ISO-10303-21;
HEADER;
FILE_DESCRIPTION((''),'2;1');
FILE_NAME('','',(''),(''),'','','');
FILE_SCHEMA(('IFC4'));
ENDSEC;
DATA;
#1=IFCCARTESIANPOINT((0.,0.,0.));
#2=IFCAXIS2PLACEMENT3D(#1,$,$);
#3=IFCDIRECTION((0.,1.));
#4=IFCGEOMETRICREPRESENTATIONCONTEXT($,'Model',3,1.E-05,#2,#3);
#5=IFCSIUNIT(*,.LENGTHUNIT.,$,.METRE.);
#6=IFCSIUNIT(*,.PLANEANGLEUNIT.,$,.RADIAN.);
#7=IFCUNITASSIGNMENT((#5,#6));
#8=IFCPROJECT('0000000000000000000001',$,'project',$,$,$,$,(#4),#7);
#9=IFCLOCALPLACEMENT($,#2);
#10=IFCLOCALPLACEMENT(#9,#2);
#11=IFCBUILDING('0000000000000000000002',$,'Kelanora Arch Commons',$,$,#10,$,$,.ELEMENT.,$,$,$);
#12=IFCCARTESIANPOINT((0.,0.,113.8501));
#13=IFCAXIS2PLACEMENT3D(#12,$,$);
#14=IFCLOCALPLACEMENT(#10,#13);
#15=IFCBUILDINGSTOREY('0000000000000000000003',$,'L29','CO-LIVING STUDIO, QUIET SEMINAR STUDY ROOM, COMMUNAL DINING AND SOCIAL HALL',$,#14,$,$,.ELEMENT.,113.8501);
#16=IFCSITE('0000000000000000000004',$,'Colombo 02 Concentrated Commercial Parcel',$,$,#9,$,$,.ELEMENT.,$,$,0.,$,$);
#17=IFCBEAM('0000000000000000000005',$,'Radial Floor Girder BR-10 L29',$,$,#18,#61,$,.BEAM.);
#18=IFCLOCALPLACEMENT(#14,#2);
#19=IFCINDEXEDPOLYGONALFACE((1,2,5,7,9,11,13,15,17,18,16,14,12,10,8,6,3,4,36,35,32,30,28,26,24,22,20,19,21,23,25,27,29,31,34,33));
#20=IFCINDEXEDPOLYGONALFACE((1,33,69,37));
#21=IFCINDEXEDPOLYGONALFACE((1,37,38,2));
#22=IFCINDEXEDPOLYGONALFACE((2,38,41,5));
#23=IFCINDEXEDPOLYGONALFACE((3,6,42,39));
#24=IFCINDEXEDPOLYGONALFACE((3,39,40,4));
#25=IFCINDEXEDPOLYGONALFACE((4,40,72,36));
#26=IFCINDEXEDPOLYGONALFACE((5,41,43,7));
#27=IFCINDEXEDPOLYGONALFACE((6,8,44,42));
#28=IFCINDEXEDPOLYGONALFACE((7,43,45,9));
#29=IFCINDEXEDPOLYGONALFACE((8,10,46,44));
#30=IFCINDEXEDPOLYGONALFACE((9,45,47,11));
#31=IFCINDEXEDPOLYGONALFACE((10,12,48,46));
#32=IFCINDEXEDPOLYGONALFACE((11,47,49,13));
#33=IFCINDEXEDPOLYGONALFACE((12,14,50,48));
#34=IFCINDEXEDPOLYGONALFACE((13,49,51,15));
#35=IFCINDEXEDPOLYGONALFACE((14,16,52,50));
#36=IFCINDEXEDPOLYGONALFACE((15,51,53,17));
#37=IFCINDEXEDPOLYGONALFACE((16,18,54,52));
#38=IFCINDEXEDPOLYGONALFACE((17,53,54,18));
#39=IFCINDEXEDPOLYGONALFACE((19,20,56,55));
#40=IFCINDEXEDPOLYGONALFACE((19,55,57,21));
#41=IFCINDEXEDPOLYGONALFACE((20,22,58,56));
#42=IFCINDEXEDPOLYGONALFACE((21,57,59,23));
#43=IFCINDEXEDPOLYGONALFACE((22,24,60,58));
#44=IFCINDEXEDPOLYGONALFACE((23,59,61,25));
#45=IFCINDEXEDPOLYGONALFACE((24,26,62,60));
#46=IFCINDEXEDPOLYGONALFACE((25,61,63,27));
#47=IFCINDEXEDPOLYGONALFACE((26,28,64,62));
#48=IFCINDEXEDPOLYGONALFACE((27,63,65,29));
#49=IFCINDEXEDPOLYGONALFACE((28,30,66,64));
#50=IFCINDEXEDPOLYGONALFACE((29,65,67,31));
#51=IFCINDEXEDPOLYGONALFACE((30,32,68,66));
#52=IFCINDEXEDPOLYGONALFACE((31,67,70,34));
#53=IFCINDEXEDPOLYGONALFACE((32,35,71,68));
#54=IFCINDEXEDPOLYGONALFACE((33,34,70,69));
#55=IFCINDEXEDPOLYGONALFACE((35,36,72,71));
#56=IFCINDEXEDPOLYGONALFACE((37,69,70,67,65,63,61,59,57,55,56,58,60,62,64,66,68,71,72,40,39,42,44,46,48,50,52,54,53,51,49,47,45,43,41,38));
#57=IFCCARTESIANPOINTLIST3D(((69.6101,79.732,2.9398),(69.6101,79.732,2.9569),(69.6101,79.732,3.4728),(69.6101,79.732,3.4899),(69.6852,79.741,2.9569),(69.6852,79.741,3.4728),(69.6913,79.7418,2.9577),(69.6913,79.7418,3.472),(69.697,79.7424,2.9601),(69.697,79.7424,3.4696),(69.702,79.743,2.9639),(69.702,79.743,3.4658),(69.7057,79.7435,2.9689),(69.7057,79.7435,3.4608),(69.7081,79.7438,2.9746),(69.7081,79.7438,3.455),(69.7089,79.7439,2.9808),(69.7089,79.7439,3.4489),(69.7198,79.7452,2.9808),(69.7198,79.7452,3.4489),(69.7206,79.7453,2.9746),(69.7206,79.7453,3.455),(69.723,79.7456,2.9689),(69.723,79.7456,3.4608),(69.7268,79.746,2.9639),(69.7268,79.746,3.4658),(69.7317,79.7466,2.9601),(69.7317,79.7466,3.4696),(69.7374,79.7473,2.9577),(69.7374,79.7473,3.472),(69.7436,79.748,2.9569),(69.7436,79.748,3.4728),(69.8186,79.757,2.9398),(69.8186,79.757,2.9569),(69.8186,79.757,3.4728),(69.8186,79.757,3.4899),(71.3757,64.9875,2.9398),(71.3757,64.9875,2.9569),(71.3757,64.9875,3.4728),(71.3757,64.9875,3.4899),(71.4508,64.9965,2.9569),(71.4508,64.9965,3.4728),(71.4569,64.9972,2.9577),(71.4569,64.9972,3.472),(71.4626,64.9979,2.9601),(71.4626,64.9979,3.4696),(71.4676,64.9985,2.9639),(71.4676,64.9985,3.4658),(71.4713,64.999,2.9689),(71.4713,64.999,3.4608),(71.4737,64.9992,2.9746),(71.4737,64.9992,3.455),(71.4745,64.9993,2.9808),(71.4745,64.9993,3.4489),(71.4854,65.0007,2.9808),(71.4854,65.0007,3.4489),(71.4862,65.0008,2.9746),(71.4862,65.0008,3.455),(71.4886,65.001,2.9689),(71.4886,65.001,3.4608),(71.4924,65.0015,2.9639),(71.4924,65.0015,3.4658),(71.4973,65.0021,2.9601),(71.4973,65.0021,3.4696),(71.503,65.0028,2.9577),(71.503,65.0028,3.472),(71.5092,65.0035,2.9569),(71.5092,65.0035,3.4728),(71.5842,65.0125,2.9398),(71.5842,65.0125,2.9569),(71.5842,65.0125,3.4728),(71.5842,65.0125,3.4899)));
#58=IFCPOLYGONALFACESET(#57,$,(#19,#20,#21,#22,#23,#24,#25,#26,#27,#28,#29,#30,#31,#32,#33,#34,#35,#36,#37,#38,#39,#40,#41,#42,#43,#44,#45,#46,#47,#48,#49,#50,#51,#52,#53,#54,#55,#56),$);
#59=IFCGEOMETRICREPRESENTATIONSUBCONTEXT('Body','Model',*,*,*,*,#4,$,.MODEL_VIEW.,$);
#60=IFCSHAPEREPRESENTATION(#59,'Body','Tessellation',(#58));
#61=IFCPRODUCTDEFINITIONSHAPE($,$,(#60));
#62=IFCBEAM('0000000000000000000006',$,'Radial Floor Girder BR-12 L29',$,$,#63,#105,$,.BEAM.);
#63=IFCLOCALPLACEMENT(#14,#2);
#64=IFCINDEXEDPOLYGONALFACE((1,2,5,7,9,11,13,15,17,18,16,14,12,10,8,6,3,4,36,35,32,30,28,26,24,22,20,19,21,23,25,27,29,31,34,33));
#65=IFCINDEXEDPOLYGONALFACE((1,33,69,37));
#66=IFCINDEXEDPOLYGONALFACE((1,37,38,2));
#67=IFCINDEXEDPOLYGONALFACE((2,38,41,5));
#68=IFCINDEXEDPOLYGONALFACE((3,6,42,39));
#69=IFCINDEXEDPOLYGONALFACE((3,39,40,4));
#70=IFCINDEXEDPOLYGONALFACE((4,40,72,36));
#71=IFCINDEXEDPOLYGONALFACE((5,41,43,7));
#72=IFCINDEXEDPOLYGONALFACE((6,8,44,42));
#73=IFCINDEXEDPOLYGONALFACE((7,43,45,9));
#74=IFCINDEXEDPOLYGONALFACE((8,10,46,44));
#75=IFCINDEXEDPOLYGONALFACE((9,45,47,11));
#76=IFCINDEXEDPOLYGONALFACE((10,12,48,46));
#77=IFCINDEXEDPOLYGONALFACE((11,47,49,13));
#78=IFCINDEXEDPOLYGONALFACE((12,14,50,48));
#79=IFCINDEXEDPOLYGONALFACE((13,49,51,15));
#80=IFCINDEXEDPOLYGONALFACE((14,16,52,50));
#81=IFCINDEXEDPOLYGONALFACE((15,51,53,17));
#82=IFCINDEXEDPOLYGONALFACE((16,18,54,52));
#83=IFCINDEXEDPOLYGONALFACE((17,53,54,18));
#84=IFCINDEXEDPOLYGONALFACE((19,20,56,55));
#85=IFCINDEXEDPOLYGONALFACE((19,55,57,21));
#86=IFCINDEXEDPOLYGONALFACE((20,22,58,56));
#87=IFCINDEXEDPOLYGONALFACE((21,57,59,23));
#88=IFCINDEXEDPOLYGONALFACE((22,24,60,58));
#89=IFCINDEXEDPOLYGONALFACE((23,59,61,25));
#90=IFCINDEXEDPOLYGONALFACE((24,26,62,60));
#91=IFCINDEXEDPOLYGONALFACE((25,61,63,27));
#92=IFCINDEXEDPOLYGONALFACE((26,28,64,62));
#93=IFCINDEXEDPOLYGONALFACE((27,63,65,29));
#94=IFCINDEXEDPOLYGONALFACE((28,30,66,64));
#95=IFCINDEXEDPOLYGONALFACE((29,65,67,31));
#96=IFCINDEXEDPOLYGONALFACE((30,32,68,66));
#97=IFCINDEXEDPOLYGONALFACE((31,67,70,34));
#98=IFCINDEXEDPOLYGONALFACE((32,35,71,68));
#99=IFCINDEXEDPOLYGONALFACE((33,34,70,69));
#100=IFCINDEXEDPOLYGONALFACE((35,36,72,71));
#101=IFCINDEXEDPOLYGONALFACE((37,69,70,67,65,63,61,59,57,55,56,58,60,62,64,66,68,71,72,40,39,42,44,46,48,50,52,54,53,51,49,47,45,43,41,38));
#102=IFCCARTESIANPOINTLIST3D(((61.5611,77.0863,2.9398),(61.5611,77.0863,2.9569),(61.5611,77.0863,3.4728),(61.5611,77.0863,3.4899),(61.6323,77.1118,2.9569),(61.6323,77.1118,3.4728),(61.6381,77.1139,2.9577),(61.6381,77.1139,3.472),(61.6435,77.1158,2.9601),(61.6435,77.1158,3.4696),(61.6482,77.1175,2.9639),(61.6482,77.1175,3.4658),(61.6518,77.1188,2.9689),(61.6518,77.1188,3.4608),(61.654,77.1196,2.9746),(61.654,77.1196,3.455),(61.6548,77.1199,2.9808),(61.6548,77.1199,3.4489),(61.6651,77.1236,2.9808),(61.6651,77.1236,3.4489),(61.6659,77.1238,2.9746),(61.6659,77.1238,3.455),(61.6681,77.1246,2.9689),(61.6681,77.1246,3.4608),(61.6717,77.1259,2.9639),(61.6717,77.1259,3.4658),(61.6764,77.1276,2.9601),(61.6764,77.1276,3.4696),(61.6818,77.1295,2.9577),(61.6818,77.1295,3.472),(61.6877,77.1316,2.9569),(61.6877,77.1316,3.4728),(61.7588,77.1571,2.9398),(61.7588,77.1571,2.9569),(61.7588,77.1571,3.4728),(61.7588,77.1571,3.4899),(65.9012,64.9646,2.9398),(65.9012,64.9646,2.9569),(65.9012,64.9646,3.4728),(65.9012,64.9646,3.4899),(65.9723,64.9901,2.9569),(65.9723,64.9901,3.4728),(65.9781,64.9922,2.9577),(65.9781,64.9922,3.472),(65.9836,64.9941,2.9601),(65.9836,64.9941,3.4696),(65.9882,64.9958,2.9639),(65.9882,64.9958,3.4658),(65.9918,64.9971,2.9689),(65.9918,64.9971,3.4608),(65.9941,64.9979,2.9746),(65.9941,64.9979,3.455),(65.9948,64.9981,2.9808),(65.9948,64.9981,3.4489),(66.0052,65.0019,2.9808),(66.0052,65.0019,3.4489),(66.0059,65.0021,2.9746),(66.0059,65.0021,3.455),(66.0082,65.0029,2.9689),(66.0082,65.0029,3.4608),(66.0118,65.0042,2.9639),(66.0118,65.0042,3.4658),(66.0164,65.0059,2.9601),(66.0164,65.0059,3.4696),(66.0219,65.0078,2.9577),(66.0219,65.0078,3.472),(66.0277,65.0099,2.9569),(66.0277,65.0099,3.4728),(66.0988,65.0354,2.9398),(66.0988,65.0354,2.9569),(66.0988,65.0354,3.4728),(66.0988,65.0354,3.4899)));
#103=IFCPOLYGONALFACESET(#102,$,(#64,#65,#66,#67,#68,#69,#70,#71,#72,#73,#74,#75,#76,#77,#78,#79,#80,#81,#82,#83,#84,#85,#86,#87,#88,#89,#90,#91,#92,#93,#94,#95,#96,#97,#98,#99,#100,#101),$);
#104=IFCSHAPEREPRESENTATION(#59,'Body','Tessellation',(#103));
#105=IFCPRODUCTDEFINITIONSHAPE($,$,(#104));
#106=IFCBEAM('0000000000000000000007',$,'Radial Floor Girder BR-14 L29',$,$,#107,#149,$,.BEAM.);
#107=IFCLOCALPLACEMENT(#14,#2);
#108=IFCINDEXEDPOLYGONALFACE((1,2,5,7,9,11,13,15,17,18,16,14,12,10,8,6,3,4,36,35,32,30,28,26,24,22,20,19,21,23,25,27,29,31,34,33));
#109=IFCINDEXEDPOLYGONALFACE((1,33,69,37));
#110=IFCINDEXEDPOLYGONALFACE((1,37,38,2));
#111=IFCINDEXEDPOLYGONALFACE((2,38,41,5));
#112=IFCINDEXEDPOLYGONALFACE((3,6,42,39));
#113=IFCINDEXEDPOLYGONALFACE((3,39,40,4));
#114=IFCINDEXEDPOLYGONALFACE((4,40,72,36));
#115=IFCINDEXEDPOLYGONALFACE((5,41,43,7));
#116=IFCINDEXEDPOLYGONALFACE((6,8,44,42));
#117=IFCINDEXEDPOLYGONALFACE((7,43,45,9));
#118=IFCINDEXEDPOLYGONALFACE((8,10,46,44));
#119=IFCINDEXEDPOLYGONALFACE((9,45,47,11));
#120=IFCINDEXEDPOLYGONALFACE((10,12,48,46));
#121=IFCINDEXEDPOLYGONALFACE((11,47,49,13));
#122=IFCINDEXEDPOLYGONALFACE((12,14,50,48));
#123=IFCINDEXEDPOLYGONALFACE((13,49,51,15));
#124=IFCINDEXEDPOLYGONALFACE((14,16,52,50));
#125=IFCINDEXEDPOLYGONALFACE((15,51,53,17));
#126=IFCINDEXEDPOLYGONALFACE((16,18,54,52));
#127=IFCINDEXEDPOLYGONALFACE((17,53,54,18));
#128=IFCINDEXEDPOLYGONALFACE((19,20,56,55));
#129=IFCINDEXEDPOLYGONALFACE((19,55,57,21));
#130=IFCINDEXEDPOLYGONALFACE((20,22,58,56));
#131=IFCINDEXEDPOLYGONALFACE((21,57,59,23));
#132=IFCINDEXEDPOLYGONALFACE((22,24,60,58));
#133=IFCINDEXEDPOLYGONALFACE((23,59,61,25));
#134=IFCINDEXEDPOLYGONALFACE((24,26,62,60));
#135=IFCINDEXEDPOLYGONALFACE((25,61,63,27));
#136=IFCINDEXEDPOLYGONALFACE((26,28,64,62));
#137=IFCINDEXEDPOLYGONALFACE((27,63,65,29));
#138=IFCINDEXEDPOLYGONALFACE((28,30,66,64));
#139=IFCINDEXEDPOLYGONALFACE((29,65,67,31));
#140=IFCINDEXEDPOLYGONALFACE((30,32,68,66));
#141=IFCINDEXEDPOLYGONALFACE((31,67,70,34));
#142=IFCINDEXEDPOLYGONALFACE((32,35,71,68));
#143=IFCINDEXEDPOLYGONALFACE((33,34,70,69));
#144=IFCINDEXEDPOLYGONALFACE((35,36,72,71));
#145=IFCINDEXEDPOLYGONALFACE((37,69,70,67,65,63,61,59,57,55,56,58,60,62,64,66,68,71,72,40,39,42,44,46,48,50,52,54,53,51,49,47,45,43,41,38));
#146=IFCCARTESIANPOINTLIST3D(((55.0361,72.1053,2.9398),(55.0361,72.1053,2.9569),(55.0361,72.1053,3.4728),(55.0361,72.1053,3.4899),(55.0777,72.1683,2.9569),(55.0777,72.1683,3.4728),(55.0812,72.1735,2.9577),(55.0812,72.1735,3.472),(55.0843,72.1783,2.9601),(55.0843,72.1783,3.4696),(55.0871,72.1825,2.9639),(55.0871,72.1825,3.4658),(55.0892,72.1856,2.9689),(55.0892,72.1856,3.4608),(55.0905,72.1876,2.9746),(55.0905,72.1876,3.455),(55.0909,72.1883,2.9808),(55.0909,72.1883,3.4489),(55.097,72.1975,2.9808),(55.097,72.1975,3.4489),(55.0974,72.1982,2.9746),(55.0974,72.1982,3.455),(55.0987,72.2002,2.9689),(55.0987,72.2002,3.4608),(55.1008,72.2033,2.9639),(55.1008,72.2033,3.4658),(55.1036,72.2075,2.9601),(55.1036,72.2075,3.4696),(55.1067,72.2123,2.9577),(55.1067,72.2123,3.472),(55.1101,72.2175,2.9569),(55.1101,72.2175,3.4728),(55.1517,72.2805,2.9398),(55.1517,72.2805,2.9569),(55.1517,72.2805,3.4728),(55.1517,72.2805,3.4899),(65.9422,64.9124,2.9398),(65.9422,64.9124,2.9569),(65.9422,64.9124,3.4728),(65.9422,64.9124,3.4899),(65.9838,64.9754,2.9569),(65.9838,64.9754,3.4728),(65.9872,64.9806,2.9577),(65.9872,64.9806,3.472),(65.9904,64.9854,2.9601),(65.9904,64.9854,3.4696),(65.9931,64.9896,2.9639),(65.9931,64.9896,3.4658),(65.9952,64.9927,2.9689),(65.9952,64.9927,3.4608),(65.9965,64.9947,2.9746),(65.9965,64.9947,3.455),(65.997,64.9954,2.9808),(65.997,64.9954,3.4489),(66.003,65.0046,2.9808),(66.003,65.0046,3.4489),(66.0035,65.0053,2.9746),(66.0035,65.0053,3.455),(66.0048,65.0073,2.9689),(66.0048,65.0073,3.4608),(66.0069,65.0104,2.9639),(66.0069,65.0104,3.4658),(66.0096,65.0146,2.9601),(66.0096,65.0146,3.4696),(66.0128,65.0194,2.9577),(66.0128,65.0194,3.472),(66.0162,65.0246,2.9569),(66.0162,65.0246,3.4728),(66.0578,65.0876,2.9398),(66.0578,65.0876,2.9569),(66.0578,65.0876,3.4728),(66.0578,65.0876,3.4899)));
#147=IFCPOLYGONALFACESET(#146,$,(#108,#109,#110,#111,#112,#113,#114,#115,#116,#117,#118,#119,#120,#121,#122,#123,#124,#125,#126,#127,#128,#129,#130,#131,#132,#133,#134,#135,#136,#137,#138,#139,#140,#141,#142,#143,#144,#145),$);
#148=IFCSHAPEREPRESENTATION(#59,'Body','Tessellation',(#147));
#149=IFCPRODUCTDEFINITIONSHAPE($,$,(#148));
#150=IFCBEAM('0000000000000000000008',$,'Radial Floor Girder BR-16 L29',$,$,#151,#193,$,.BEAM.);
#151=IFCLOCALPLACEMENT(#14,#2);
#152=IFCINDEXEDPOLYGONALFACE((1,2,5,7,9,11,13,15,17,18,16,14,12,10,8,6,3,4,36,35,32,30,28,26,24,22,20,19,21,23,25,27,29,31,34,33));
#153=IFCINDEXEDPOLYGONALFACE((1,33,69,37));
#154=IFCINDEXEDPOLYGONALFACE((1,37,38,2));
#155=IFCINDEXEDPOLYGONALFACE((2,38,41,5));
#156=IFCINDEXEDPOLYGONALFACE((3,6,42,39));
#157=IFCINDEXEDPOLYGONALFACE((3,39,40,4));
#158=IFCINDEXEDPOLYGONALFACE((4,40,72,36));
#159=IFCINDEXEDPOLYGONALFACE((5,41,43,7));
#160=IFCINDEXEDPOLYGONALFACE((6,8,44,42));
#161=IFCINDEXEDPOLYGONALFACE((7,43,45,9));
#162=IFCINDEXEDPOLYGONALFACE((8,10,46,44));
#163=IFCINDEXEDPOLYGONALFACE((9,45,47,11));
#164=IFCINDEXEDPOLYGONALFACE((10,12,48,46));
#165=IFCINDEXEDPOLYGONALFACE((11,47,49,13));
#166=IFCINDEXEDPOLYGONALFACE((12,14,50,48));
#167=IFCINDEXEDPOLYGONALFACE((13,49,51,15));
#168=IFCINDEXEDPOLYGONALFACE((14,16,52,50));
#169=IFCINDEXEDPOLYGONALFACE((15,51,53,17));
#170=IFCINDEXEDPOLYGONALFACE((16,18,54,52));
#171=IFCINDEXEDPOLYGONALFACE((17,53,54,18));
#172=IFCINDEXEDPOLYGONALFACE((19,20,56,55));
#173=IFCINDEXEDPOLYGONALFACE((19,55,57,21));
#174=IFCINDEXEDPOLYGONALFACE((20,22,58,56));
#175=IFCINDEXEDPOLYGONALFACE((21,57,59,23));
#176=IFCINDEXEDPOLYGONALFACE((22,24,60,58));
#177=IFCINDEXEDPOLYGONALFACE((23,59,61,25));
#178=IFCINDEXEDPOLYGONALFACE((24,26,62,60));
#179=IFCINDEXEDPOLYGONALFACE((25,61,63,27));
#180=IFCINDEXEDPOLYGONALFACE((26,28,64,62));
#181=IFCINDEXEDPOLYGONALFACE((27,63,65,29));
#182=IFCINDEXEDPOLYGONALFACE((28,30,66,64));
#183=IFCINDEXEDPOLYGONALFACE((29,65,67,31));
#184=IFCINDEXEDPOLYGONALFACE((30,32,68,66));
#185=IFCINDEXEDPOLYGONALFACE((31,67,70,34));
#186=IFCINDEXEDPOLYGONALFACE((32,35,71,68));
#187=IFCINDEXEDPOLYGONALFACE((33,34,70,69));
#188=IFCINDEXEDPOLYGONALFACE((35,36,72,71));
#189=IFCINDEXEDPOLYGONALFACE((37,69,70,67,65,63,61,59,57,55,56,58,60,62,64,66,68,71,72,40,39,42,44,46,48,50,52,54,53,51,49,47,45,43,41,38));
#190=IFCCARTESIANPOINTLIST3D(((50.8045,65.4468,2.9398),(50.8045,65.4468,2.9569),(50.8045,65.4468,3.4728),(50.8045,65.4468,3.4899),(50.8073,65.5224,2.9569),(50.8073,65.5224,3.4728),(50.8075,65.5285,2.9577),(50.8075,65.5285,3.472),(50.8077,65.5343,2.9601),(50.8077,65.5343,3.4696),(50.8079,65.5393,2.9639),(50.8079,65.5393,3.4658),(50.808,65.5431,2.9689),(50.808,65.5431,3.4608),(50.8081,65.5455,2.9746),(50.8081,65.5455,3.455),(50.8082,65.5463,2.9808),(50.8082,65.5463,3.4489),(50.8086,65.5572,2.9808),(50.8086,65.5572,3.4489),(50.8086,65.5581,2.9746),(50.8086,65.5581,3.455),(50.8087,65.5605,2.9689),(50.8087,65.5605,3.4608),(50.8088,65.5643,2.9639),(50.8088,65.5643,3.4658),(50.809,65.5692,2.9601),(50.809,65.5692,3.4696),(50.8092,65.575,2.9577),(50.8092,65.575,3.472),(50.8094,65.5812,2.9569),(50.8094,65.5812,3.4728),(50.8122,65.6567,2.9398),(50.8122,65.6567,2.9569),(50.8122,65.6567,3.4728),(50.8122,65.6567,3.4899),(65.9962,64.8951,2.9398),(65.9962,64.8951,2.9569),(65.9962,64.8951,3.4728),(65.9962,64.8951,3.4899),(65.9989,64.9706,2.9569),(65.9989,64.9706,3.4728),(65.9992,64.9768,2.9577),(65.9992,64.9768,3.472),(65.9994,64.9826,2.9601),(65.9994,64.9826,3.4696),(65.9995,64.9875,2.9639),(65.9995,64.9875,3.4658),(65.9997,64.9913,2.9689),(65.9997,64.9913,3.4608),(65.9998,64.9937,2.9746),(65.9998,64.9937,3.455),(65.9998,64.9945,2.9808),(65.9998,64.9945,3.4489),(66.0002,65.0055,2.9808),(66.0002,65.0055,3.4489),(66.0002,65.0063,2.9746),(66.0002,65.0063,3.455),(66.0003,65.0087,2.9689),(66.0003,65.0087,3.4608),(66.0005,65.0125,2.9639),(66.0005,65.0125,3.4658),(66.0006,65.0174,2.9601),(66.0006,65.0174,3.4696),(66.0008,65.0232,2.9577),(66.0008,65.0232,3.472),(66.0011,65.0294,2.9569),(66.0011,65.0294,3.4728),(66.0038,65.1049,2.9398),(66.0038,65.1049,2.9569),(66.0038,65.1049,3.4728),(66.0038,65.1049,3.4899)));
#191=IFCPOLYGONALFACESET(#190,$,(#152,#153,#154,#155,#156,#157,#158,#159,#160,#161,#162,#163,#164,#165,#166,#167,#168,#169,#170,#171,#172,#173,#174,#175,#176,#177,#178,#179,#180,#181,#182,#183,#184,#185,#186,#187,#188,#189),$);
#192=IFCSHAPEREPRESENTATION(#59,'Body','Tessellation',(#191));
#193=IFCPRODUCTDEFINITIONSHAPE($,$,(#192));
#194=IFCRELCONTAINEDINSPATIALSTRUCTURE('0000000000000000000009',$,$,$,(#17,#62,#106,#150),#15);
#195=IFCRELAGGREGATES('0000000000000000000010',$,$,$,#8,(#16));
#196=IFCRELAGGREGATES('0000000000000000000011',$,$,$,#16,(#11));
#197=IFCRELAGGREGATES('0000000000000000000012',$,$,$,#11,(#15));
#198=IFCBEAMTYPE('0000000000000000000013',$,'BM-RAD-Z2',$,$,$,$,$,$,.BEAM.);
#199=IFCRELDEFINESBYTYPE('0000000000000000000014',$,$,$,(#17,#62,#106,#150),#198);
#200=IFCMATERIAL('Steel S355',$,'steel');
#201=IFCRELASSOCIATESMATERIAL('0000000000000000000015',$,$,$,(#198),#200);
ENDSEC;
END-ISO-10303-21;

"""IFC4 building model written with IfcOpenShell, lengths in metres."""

from ifc_helpers import new_model, si_unit, direction, frame, origin, origin_2d, place, context, subcontext, project, spatial, i_section, extrude, material, material_profile, profile_set, type_object, element, save


model = new_model("IFC4")

# Units and contexts
model_context = context("Model", 3, precision=1e-05, world=origin(), true_north=direction((0.0, 1.0)))
body_context = subcontext(model_context, "Body", "Model", "MODEL_VIEW")
ifc_project = project(units=[si_unit("LENGTHUNIT", "METRE"), si_unit("PLANEANGLEUNIT", "RADIAN")], contexts=[model_context])

# Site, building, storey
site_placement = place(None, origin())
site = spatial("IfcSite", under=ifc_project, at=site_placement, Name="Colombo 02 Concentrated Commercial Parcel", CompositionType="ELEMENT", RefElevation=0.0)
building_placement = place(site_placement, origin())
building = spatial("IfcBuilding", under=site, at=building_placement, Name="Kelanora Arch Commons", CompositionType="ELEMENT")
storey_placement = place(building_placement, frame((0.0, 0.0, 113.8501)))
storey = spatial("IfcBuildingStorey", under=building, at=storey_placement, Name="L29", Description="CO-LIVING STUDIO, QUIET SEMINAR STUDY ROOM, COMMUNAL DINING AND SOCIAL HALL", CompositionType="ELEMENT", Elevation=113.8501)

# Beams
ifc_material_1 = material(Name="Steel S355", Category="steel")
ifc_material_profile_1 = material_profile(ifc_material_1, i_section(OverallWidth=0.21, OverallDepth=0.55, WebThickness=0.011, FlangeThickness=0.0171, FilletRadius=0.0239, at=origin_2d()), Name="IPE550")
ifc_profile_set_1 = profile_set([ifc_material_profile_1], Name="Steel S355")
beam_type_1 = type_object("IfcBeamType", Name="BM-RAD-Z2", PredefinedType="BEAM", material=ifc_profile_set_1)
beam_1_placement = place(storey_placement, frame((71.48, 65.0, 3.2148), z_axis=(-0.118898, 0.992907, 0.0), x_axis=(-0.992907, -0.118898, 0.0)))
element("IfcBeam", 1, at=beam_1_placement, inside=storey, type_object=beam_type_1, Name="Radial Floor Girder BR-10 L29", PredefinedType="BEAM", context=body_context, shape_type="SweptSolid", body=[
    extrude(i_section(OverallWidth=0.21, OverallDepth=0.55, WebThickness=0.011, FlangeThickness=0.0171, FilletRadius=0.0239, at=origin_2d()), origin(), (0.0, 0.0, 1.0), 14.8499),
])
beam_2_placement = place(storey_placement, frame((66.0, 65.0, 3.2148), z_axis=(-0.337085, 0.941474, 0.0), x_axis=(-0.941474, -0.337085, 0.0)))
element("IfcBeam", 2, at=beam_2_placement, inside=storey, type_object=beam_type_1, Name="Radial Floor Girder BR-12 L29", PredefinedType="BEAM", context=body_context, shape_type="SweptSolid", body=[
    extrude(i_section(OverallWidth=0.21, OverallDepth=0.55, WebThickness=0.011, FlangeThickness=0.0171, FilletRadius=0.0239, at=origin_2d()), origin(), (0.0, 0.0, 1.0), 12.8752),
])
beam_3_placement = place(storey_placement, frame((66.0, 65.0, 3.2148), z_axis=(-0.834789, 0.550571, 0.0), x_axis=(-0.550571, -0.834789, 0.0)))
element("IfcBeam", 3, at=beam_3_placement, inside=storey, type_object=beam_type_1, Name="Radial Floor Girder BR-14 L29", PredefinedType="BEAM", context=body_context, shape_type="SweptSolid", body=[
    extrude(i_section(OverallWidth=0.21, OverallDepth=0.55, WebThickness=0.011, FlangeThickness=0.0171, FilletRadius=0.0239, at=origin_2d()), origin(), (0.0, 0.0, 1.0), 13.0645),
])
beam_4_placement = place(storey_placement, frame((66.0, 65.0, 3.2148), z_axis=(-0.999341, 0.036296, 0.0), x_axis=(-0.036296, -0.999341, 0.0)))
element("IfcBeam", 4, at=beam_4_placement, inside=storey, type_object=beam_type_1, Name="Radial Floor Girder BR-16 L29", PredefinedType="BEAM", context=body_context, shape_type="SweptSolid", body=[
    extrude(i_section(OverallWidth=0.21, OverallDepth=0.55, WebThickness=0.011, FlangeThickness=0.0171, FilletRadius=0.0239, at=origin_2d()), origin(), (0.0, 0.0, 1.0), 15.2017),
])

save(model, "model.ifc")
